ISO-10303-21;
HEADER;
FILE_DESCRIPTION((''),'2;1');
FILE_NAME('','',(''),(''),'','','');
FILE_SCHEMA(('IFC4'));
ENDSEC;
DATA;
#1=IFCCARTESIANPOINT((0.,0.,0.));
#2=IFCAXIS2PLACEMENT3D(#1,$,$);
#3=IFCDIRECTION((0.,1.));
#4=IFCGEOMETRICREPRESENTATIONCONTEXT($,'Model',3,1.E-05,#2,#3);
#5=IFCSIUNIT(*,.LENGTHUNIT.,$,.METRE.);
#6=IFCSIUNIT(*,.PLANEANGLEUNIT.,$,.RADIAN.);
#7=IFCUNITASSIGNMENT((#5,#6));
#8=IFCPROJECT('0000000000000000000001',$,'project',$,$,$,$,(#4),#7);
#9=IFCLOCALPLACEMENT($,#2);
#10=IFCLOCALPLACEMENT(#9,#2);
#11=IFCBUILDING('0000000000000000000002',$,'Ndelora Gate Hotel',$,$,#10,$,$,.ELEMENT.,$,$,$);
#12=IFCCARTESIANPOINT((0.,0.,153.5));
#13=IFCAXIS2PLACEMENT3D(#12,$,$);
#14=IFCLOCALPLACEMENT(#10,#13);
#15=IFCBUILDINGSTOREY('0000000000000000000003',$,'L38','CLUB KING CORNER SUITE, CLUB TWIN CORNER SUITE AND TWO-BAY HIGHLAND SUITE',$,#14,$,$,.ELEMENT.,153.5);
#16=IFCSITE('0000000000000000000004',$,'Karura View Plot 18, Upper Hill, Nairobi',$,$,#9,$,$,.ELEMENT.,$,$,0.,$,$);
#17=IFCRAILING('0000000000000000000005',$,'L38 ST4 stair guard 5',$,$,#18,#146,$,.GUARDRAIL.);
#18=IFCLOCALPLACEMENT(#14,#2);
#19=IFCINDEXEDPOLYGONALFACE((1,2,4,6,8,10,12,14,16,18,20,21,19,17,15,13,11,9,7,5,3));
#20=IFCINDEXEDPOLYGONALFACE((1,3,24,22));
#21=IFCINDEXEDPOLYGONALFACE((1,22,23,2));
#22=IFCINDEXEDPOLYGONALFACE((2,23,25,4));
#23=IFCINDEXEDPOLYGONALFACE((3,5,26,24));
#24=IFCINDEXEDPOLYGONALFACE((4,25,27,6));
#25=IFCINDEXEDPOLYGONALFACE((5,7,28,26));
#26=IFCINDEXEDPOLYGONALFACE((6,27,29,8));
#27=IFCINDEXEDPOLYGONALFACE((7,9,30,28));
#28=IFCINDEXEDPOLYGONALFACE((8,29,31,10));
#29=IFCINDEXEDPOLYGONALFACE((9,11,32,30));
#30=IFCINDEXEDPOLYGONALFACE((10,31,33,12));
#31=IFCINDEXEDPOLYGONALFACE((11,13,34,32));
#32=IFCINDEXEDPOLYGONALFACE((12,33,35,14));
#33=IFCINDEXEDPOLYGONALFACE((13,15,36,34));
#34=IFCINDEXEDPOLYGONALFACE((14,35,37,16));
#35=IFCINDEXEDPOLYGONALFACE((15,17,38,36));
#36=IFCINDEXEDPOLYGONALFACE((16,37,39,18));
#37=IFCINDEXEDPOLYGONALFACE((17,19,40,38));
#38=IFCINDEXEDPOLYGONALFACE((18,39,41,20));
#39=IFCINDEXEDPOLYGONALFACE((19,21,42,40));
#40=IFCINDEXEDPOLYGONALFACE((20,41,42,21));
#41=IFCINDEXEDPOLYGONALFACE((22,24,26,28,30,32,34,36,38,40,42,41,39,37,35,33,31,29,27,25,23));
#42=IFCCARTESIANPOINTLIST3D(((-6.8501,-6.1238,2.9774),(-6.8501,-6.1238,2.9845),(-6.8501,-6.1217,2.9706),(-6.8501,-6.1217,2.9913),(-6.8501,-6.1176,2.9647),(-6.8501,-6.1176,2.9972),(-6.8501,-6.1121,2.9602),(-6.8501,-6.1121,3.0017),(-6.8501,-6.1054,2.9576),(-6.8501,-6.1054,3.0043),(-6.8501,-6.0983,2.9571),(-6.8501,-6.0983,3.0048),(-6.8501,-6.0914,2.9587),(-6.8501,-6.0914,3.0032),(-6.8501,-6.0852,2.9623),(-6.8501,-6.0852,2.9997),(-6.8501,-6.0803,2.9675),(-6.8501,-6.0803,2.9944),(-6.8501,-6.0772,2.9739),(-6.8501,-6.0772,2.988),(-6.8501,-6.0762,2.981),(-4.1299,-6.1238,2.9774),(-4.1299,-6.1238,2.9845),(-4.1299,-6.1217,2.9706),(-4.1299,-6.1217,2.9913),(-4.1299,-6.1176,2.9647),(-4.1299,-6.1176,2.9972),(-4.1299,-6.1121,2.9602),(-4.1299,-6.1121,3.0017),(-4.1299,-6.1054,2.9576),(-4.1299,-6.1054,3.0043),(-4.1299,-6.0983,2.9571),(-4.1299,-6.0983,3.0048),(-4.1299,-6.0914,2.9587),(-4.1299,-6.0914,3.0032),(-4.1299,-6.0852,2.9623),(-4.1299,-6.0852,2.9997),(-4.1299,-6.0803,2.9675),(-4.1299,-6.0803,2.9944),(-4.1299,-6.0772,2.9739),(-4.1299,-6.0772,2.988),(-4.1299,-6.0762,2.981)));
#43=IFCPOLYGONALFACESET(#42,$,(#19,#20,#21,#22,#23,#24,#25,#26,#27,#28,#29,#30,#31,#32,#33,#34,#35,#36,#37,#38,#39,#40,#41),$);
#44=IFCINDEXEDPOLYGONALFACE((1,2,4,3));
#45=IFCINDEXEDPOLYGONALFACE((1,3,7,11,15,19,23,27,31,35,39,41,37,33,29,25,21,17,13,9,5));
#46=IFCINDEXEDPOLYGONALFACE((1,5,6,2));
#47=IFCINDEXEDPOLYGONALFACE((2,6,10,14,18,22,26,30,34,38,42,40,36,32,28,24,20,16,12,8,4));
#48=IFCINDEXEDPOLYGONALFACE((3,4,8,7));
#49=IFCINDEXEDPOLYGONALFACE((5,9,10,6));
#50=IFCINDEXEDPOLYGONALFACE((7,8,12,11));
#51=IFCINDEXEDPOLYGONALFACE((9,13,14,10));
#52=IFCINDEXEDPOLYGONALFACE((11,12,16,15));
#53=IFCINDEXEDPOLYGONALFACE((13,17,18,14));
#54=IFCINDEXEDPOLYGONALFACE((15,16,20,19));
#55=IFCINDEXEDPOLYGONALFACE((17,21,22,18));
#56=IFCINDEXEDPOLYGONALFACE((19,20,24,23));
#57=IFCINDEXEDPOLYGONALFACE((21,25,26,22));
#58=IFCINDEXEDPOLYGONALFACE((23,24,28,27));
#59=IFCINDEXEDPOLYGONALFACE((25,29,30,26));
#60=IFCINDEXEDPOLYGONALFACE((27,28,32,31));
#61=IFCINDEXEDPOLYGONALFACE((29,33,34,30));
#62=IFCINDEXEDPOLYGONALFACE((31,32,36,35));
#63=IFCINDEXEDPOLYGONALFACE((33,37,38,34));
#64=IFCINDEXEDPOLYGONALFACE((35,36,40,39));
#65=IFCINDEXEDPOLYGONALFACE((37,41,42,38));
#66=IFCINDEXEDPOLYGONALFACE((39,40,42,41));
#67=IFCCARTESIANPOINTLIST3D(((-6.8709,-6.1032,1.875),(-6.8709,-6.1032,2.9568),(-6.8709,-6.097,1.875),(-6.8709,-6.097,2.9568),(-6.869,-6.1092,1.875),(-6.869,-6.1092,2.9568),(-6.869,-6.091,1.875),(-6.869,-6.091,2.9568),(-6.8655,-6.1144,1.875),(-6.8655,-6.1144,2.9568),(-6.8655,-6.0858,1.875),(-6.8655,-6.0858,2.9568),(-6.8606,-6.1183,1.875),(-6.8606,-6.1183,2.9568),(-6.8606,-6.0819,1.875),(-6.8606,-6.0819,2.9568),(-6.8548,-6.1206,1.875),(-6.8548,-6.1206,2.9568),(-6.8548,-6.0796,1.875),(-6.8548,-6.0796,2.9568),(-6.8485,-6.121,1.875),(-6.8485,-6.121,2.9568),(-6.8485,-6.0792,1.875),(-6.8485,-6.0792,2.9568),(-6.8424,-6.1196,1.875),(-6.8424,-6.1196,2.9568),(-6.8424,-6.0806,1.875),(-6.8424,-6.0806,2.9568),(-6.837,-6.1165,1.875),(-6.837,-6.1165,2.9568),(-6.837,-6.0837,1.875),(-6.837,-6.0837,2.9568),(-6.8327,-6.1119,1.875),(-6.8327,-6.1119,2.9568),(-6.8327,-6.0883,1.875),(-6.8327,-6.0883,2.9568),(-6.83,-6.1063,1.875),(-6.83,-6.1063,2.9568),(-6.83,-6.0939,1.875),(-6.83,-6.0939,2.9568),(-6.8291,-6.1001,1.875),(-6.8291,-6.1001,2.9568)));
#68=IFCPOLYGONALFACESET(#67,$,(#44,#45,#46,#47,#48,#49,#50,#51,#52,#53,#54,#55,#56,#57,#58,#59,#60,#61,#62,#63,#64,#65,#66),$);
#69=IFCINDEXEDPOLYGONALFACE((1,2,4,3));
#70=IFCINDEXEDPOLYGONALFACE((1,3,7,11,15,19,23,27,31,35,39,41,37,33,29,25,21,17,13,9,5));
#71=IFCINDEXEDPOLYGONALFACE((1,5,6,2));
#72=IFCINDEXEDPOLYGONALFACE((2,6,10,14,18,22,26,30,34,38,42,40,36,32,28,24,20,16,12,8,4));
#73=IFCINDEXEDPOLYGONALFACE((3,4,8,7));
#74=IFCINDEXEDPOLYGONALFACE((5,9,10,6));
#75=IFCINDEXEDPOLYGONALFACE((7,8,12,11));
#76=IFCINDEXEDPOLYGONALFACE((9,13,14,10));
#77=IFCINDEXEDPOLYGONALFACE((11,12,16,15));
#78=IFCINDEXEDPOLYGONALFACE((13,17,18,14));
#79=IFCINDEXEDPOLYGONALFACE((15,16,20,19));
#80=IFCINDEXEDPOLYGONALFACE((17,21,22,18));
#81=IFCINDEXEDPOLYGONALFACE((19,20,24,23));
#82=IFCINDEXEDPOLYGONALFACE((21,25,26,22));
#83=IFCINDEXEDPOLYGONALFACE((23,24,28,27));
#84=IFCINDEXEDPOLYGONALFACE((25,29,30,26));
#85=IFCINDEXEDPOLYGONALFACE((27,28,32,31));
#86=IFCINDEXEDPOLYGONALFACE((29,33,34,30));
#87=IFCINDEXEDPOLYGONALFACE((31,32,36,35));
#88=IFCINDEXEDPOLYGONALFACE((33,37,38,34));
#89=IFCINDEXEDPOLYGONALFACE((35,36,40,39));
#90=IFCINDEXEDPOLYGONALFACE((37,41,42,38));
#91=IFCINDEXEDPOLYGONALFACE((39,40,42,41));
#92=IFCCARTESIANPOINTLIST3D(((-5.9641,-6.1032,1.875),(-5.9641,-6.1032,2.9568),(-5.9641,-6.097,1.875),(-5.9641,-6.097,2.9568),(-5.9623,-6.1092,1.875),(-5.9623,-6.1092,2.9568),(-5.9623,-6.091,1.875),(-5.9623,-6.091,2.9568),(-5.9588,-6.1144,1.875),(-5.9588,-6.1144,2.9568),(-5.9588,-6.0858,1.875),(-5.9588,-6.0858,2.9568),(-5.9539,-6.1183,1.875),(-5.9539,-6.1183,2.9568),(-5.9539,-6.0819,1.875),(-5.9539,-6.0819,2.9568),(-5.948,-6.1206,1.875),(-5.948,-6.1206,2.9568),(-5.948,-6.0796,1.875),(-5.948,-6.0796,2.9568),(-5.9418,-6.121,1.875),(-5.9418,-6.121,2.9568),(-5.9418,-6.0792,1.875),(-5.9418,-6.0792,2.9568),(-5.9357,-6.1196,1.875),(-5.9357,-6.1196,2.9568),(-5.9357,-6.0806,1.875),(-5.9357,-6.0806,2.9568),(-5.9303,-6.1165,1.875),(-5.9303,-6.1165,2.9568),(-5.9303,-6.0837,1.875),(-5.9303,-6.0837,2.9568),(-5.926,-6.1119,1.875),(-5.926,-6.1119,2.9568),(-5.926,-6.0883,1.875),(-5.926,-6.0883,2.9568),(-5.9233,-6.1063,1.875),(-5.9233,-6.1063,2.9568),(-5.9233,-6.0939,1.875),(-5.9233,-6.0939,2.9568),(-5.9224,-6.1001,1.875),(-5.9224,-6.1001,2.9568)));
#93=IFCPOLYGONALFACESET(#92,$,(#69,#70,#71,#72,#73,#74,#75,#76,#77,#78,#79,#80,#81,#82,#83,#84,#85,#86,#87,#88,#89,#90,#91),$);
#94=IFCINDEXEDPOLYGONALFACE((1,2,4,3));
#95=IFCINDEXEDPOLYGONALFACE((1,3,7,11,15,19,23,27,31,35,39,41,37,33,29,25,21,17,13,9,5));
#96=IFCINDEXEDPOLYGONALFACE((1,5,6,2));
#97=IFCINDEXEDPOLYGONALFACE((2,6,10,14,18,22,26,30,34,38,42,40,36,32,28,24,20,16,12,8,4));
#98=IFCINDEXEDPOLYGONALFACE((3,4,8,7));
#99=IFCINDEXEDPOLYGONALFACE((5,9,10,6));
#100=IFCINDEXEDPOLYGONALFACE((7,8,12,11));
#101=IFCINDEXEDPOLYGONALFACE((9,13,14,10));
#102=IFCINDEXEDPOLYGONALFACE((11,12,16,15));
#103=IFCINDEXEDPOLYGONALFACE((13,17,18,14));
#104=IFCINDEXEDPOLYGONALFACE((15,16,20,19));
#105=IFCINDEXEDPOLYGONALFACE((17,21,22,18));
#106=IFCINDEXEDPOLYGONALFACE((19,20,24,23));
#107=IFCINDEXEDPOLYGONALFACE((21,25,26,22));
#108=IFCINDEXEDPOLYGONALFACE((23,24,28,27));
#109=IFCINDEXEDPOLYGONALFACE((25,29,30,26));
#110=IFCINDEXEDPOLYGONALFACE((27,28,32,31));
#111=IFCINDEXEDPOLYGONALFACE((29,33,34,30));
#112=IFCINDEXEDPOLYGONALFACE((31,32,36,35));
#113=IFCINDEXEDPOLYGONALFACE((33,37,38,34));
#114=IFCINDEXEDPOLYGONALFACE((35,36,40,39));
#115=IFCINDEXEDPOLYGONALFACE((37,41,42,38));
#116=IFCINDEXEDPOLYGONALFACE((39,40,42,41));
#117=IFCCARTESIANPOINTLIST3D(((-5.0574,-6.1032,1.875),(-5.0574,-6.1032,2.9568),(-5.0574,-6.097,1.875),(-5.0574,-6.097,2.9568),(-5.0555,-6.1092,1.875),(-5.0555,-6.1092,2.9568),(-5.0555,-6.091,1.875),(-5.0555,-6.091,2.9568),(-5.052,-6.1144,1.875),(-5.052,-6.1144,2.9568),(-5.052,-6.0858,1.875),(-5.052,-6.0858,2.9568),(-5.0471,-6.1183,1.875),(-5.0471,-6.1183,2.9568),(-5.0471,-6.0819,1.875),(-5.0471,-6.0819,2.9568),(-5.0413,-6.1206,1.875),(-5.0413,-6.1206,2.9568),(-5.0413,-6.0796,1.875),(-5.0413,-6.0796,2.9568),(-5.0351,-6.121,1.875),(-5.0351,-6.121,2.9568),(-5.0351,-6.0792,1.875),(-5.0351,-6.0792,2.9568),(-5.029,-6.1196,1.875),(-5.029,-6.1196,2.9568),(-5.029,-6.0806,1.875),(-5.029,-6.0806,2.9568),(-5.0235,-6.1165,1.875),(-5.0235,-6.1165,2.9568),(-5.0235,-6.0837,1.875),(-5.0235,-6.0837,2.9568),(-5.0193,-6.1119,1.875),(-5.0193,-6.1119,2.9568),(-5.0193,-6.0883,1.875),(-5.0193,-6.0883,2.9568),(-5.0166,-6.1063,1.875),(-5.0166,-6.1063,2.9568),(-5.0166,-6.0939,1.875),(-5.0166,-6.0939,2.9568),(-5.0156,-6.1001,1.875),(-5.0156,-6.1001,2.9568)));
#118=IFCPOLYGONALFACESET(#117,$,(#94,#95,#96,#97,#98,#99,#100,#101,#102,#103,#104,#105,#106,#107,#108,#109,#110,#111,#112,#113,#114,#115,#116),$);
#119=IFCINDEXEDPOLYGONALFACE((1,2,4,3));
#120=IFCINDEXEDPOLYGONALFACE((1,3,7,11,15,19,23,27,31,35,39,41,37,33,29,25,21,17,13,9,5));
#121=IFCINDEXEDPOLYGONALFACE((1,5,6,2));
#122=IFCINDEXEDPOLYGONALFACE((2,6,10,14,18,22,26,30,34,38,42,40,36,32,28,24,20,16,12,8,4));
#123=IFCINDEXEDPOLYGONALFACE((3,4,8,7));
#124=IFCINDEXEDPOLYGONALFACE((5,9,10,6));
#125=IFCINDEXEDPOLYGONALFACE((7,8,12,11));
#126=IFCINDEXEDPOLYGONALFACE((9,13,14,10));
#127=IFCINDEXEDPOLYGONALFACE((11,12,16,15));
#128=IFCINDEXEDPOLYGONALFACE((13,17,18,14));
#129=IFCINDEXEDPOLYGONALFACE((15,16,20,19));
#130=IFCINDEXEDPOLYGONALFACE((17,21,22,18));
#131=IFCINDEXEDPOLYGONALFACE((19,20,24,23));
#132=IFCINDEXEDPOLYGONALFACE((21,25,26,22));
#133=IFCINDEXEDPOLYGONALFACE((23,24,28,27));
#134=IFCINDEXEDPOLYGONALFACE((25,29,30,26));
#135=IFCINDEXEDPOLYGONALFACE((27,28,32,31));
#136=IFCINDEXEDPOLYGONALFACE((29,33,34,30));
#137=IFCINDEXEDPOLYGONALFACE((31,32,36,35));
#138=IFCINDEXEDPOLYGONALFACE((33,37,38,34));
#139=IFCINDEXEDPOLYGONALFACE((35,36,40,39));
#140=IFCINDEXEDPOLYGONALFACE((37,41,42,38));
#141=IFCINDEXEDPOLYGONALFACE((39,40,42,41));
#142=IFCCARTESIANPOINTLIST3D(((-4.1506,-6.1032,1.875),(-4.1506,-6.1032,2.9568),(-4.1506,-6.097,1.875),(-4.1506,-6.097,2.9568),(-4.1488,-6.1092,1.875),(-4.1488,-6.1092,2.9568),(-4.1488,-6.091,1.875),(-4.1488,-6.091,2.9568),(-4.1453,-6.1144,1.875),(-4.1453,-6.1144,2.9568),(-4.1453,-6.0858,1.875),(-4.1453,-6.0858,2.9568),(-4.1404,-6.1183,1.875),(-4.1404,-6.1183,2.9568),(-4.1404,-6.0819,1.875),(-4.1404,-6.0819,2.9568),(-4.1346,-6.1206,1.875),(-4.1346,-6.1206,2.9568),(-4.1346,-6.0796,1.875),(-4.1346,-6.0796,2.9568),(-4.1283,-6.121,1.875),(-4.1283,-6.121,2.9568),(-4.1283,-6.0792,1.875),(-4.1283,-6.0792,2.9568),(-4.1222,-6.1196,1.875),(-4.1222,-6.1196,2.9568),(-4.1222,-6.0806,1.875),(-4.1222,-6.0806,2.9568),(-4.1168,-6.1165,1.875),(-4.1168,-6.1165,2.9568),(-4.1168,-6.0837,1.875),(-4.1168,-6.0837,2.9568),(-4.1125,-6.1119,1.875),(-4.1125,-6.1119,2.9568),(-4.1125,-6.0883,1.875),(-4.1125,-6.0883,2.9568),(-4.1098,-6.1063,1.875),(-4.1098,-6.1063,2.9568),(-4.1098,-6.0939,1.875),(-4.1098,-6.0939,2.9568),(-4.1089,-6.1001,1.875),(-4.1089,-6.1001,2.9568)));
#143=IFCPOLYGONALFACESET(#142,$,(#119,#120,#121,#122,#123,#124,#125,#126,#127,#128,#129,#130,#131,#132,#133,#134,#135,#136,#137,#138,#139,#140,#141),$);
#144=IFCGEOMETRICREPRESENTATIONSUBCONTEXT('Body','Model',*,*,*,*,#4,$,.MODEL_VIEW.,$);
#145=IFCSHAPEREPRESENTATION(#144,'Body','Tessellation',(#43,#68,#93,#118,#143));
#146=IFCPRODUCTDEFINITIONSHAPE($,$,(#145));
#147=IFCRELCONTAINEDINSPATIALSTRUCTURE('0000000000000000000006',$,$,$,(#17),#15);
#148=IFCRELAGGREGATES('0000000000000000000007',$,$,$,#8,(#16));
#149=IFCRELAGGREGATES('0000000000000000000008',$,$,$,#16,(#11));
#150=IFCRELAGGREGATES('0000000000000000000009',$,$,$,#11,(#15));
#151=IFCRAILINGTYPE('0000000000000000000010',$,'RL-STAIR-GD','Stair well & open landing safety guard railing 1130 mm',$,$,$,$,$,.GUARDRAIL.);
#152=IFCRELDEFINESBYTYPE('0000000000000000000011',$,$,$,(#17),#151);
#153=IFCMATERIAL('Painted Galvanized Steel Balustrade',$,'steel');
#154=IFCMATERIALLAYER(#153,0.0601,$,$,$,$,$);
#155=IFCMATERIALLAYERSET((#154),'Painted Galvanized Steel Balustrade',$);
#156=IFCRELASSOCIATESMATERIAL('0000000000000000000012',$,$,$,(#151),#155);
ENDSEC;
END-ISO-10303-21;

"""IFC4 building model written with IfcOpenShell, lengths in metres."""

from ifc_helpers import new_model, si_unit, direction, frame, origin, origin_2d, place, context, subcontext, project, spatial, circle, extrude, material, layer, layer_set, type_object, element, save


model = new_model("IFC4")

# Units and contexts
model_context = context("Model", 3, precision=1e-05, world=origin(), true_north=direction((0.0, 1.0)))
body_context = subcontext(model_context, "Body", "Model", "MODEL_VIEW")
ifc_project = project(units=[si_unit("LENGTHUNIT", "METRE"), si_unit("PLANEANGLEUNIT", "RADIAN")], contexts=[model_context])

# Site, building, storey
site_placement = place(None, origin())
site = spatial("IfcSite", under=ifc_project, at=site_placement, Name="Karura View Plot 18, Upper Hill, Nairobi", CompositionType="ELEMENT", RefElevation=0.0)
building_placement = place(site_placement, origin())
building = spatial("IfcBuilding", under=site, at=building_placement, Name="Ndelora Gate Hotel", CompositionType="ELEMENT")
storey_placement = place(building_placement, frame((0.0, 0.0, 153.5)))
storey = spatial("IfcBuildingStorey", under=building, at=storey_placement, Name="L38", Description="CLUB KING CORNER SUITE, CLUB TWIN CORNER SUITE AND TWO-BAY HIGHLAND SUITE", CompositionType="ELEMENT", Elevation=153.5)

# Railing
ifc_material_1 = material(Name="Painted Galvanized Steel Balustrade", Category="steel")
ifc_layer_1 = layer(ifc_material_1, 0.0601)
ifc_layer_set_1 = layer_set([ifc_layer_1], Name="Painted Galvanized Steel Balustrade")
railing_type_1 = type_object("IfcRailingType", Name="RL-STAIR-GD", Description="Stair well & open landing safety guard railing 1130 mm", PredefinedType="GUARDRAIL", material=ifc_layer_set_1)
railing_1_placement = place(storey_placement, frame((-6.8501, -6.1001, 1.875)))
element("IfcRailing", 1, at=railing_1_placement, inside=storey, type_object=railing_type_1, Name="L38 ST4 stair guard 5", PredefinedType="GUARDRAIL", context=body_context, shape_type="SweptSolid", body=[
    extrude(circle(Radius=0.0239, at=origin_2d()), frame((0.0, 0.0, 1.106), z_axis=(1.0, 0.0, 0.0), x_axis=(0.0, 1.0, 0.0)), (0.0, 0.0, 1.0), 2.7202),
    extrude(circle(Radius=0.021, at=origin_2d()), origin(), (0.0, 0.0, 1.0), 1.0818),
    extrude(circle(Radius=0.021, at=origin_2d()), frame((0.9067, 0.0, 0.0)), (0.0, 0.0, 1.0), 1.0818),
    extrude(circle(Radius=0.021, at=origin_2d()), frame((1.8135, 0.0, 0.0)), (0.0, 0.0, 1.0), 1.0818),
    extrude(circle(Radius=0.021, at=origin_2d()), frame((2.7202, 0.0, 0.0)), (0.0, 0.0, 1.0), 1.0818),
])

save(model, "model.ifc")
